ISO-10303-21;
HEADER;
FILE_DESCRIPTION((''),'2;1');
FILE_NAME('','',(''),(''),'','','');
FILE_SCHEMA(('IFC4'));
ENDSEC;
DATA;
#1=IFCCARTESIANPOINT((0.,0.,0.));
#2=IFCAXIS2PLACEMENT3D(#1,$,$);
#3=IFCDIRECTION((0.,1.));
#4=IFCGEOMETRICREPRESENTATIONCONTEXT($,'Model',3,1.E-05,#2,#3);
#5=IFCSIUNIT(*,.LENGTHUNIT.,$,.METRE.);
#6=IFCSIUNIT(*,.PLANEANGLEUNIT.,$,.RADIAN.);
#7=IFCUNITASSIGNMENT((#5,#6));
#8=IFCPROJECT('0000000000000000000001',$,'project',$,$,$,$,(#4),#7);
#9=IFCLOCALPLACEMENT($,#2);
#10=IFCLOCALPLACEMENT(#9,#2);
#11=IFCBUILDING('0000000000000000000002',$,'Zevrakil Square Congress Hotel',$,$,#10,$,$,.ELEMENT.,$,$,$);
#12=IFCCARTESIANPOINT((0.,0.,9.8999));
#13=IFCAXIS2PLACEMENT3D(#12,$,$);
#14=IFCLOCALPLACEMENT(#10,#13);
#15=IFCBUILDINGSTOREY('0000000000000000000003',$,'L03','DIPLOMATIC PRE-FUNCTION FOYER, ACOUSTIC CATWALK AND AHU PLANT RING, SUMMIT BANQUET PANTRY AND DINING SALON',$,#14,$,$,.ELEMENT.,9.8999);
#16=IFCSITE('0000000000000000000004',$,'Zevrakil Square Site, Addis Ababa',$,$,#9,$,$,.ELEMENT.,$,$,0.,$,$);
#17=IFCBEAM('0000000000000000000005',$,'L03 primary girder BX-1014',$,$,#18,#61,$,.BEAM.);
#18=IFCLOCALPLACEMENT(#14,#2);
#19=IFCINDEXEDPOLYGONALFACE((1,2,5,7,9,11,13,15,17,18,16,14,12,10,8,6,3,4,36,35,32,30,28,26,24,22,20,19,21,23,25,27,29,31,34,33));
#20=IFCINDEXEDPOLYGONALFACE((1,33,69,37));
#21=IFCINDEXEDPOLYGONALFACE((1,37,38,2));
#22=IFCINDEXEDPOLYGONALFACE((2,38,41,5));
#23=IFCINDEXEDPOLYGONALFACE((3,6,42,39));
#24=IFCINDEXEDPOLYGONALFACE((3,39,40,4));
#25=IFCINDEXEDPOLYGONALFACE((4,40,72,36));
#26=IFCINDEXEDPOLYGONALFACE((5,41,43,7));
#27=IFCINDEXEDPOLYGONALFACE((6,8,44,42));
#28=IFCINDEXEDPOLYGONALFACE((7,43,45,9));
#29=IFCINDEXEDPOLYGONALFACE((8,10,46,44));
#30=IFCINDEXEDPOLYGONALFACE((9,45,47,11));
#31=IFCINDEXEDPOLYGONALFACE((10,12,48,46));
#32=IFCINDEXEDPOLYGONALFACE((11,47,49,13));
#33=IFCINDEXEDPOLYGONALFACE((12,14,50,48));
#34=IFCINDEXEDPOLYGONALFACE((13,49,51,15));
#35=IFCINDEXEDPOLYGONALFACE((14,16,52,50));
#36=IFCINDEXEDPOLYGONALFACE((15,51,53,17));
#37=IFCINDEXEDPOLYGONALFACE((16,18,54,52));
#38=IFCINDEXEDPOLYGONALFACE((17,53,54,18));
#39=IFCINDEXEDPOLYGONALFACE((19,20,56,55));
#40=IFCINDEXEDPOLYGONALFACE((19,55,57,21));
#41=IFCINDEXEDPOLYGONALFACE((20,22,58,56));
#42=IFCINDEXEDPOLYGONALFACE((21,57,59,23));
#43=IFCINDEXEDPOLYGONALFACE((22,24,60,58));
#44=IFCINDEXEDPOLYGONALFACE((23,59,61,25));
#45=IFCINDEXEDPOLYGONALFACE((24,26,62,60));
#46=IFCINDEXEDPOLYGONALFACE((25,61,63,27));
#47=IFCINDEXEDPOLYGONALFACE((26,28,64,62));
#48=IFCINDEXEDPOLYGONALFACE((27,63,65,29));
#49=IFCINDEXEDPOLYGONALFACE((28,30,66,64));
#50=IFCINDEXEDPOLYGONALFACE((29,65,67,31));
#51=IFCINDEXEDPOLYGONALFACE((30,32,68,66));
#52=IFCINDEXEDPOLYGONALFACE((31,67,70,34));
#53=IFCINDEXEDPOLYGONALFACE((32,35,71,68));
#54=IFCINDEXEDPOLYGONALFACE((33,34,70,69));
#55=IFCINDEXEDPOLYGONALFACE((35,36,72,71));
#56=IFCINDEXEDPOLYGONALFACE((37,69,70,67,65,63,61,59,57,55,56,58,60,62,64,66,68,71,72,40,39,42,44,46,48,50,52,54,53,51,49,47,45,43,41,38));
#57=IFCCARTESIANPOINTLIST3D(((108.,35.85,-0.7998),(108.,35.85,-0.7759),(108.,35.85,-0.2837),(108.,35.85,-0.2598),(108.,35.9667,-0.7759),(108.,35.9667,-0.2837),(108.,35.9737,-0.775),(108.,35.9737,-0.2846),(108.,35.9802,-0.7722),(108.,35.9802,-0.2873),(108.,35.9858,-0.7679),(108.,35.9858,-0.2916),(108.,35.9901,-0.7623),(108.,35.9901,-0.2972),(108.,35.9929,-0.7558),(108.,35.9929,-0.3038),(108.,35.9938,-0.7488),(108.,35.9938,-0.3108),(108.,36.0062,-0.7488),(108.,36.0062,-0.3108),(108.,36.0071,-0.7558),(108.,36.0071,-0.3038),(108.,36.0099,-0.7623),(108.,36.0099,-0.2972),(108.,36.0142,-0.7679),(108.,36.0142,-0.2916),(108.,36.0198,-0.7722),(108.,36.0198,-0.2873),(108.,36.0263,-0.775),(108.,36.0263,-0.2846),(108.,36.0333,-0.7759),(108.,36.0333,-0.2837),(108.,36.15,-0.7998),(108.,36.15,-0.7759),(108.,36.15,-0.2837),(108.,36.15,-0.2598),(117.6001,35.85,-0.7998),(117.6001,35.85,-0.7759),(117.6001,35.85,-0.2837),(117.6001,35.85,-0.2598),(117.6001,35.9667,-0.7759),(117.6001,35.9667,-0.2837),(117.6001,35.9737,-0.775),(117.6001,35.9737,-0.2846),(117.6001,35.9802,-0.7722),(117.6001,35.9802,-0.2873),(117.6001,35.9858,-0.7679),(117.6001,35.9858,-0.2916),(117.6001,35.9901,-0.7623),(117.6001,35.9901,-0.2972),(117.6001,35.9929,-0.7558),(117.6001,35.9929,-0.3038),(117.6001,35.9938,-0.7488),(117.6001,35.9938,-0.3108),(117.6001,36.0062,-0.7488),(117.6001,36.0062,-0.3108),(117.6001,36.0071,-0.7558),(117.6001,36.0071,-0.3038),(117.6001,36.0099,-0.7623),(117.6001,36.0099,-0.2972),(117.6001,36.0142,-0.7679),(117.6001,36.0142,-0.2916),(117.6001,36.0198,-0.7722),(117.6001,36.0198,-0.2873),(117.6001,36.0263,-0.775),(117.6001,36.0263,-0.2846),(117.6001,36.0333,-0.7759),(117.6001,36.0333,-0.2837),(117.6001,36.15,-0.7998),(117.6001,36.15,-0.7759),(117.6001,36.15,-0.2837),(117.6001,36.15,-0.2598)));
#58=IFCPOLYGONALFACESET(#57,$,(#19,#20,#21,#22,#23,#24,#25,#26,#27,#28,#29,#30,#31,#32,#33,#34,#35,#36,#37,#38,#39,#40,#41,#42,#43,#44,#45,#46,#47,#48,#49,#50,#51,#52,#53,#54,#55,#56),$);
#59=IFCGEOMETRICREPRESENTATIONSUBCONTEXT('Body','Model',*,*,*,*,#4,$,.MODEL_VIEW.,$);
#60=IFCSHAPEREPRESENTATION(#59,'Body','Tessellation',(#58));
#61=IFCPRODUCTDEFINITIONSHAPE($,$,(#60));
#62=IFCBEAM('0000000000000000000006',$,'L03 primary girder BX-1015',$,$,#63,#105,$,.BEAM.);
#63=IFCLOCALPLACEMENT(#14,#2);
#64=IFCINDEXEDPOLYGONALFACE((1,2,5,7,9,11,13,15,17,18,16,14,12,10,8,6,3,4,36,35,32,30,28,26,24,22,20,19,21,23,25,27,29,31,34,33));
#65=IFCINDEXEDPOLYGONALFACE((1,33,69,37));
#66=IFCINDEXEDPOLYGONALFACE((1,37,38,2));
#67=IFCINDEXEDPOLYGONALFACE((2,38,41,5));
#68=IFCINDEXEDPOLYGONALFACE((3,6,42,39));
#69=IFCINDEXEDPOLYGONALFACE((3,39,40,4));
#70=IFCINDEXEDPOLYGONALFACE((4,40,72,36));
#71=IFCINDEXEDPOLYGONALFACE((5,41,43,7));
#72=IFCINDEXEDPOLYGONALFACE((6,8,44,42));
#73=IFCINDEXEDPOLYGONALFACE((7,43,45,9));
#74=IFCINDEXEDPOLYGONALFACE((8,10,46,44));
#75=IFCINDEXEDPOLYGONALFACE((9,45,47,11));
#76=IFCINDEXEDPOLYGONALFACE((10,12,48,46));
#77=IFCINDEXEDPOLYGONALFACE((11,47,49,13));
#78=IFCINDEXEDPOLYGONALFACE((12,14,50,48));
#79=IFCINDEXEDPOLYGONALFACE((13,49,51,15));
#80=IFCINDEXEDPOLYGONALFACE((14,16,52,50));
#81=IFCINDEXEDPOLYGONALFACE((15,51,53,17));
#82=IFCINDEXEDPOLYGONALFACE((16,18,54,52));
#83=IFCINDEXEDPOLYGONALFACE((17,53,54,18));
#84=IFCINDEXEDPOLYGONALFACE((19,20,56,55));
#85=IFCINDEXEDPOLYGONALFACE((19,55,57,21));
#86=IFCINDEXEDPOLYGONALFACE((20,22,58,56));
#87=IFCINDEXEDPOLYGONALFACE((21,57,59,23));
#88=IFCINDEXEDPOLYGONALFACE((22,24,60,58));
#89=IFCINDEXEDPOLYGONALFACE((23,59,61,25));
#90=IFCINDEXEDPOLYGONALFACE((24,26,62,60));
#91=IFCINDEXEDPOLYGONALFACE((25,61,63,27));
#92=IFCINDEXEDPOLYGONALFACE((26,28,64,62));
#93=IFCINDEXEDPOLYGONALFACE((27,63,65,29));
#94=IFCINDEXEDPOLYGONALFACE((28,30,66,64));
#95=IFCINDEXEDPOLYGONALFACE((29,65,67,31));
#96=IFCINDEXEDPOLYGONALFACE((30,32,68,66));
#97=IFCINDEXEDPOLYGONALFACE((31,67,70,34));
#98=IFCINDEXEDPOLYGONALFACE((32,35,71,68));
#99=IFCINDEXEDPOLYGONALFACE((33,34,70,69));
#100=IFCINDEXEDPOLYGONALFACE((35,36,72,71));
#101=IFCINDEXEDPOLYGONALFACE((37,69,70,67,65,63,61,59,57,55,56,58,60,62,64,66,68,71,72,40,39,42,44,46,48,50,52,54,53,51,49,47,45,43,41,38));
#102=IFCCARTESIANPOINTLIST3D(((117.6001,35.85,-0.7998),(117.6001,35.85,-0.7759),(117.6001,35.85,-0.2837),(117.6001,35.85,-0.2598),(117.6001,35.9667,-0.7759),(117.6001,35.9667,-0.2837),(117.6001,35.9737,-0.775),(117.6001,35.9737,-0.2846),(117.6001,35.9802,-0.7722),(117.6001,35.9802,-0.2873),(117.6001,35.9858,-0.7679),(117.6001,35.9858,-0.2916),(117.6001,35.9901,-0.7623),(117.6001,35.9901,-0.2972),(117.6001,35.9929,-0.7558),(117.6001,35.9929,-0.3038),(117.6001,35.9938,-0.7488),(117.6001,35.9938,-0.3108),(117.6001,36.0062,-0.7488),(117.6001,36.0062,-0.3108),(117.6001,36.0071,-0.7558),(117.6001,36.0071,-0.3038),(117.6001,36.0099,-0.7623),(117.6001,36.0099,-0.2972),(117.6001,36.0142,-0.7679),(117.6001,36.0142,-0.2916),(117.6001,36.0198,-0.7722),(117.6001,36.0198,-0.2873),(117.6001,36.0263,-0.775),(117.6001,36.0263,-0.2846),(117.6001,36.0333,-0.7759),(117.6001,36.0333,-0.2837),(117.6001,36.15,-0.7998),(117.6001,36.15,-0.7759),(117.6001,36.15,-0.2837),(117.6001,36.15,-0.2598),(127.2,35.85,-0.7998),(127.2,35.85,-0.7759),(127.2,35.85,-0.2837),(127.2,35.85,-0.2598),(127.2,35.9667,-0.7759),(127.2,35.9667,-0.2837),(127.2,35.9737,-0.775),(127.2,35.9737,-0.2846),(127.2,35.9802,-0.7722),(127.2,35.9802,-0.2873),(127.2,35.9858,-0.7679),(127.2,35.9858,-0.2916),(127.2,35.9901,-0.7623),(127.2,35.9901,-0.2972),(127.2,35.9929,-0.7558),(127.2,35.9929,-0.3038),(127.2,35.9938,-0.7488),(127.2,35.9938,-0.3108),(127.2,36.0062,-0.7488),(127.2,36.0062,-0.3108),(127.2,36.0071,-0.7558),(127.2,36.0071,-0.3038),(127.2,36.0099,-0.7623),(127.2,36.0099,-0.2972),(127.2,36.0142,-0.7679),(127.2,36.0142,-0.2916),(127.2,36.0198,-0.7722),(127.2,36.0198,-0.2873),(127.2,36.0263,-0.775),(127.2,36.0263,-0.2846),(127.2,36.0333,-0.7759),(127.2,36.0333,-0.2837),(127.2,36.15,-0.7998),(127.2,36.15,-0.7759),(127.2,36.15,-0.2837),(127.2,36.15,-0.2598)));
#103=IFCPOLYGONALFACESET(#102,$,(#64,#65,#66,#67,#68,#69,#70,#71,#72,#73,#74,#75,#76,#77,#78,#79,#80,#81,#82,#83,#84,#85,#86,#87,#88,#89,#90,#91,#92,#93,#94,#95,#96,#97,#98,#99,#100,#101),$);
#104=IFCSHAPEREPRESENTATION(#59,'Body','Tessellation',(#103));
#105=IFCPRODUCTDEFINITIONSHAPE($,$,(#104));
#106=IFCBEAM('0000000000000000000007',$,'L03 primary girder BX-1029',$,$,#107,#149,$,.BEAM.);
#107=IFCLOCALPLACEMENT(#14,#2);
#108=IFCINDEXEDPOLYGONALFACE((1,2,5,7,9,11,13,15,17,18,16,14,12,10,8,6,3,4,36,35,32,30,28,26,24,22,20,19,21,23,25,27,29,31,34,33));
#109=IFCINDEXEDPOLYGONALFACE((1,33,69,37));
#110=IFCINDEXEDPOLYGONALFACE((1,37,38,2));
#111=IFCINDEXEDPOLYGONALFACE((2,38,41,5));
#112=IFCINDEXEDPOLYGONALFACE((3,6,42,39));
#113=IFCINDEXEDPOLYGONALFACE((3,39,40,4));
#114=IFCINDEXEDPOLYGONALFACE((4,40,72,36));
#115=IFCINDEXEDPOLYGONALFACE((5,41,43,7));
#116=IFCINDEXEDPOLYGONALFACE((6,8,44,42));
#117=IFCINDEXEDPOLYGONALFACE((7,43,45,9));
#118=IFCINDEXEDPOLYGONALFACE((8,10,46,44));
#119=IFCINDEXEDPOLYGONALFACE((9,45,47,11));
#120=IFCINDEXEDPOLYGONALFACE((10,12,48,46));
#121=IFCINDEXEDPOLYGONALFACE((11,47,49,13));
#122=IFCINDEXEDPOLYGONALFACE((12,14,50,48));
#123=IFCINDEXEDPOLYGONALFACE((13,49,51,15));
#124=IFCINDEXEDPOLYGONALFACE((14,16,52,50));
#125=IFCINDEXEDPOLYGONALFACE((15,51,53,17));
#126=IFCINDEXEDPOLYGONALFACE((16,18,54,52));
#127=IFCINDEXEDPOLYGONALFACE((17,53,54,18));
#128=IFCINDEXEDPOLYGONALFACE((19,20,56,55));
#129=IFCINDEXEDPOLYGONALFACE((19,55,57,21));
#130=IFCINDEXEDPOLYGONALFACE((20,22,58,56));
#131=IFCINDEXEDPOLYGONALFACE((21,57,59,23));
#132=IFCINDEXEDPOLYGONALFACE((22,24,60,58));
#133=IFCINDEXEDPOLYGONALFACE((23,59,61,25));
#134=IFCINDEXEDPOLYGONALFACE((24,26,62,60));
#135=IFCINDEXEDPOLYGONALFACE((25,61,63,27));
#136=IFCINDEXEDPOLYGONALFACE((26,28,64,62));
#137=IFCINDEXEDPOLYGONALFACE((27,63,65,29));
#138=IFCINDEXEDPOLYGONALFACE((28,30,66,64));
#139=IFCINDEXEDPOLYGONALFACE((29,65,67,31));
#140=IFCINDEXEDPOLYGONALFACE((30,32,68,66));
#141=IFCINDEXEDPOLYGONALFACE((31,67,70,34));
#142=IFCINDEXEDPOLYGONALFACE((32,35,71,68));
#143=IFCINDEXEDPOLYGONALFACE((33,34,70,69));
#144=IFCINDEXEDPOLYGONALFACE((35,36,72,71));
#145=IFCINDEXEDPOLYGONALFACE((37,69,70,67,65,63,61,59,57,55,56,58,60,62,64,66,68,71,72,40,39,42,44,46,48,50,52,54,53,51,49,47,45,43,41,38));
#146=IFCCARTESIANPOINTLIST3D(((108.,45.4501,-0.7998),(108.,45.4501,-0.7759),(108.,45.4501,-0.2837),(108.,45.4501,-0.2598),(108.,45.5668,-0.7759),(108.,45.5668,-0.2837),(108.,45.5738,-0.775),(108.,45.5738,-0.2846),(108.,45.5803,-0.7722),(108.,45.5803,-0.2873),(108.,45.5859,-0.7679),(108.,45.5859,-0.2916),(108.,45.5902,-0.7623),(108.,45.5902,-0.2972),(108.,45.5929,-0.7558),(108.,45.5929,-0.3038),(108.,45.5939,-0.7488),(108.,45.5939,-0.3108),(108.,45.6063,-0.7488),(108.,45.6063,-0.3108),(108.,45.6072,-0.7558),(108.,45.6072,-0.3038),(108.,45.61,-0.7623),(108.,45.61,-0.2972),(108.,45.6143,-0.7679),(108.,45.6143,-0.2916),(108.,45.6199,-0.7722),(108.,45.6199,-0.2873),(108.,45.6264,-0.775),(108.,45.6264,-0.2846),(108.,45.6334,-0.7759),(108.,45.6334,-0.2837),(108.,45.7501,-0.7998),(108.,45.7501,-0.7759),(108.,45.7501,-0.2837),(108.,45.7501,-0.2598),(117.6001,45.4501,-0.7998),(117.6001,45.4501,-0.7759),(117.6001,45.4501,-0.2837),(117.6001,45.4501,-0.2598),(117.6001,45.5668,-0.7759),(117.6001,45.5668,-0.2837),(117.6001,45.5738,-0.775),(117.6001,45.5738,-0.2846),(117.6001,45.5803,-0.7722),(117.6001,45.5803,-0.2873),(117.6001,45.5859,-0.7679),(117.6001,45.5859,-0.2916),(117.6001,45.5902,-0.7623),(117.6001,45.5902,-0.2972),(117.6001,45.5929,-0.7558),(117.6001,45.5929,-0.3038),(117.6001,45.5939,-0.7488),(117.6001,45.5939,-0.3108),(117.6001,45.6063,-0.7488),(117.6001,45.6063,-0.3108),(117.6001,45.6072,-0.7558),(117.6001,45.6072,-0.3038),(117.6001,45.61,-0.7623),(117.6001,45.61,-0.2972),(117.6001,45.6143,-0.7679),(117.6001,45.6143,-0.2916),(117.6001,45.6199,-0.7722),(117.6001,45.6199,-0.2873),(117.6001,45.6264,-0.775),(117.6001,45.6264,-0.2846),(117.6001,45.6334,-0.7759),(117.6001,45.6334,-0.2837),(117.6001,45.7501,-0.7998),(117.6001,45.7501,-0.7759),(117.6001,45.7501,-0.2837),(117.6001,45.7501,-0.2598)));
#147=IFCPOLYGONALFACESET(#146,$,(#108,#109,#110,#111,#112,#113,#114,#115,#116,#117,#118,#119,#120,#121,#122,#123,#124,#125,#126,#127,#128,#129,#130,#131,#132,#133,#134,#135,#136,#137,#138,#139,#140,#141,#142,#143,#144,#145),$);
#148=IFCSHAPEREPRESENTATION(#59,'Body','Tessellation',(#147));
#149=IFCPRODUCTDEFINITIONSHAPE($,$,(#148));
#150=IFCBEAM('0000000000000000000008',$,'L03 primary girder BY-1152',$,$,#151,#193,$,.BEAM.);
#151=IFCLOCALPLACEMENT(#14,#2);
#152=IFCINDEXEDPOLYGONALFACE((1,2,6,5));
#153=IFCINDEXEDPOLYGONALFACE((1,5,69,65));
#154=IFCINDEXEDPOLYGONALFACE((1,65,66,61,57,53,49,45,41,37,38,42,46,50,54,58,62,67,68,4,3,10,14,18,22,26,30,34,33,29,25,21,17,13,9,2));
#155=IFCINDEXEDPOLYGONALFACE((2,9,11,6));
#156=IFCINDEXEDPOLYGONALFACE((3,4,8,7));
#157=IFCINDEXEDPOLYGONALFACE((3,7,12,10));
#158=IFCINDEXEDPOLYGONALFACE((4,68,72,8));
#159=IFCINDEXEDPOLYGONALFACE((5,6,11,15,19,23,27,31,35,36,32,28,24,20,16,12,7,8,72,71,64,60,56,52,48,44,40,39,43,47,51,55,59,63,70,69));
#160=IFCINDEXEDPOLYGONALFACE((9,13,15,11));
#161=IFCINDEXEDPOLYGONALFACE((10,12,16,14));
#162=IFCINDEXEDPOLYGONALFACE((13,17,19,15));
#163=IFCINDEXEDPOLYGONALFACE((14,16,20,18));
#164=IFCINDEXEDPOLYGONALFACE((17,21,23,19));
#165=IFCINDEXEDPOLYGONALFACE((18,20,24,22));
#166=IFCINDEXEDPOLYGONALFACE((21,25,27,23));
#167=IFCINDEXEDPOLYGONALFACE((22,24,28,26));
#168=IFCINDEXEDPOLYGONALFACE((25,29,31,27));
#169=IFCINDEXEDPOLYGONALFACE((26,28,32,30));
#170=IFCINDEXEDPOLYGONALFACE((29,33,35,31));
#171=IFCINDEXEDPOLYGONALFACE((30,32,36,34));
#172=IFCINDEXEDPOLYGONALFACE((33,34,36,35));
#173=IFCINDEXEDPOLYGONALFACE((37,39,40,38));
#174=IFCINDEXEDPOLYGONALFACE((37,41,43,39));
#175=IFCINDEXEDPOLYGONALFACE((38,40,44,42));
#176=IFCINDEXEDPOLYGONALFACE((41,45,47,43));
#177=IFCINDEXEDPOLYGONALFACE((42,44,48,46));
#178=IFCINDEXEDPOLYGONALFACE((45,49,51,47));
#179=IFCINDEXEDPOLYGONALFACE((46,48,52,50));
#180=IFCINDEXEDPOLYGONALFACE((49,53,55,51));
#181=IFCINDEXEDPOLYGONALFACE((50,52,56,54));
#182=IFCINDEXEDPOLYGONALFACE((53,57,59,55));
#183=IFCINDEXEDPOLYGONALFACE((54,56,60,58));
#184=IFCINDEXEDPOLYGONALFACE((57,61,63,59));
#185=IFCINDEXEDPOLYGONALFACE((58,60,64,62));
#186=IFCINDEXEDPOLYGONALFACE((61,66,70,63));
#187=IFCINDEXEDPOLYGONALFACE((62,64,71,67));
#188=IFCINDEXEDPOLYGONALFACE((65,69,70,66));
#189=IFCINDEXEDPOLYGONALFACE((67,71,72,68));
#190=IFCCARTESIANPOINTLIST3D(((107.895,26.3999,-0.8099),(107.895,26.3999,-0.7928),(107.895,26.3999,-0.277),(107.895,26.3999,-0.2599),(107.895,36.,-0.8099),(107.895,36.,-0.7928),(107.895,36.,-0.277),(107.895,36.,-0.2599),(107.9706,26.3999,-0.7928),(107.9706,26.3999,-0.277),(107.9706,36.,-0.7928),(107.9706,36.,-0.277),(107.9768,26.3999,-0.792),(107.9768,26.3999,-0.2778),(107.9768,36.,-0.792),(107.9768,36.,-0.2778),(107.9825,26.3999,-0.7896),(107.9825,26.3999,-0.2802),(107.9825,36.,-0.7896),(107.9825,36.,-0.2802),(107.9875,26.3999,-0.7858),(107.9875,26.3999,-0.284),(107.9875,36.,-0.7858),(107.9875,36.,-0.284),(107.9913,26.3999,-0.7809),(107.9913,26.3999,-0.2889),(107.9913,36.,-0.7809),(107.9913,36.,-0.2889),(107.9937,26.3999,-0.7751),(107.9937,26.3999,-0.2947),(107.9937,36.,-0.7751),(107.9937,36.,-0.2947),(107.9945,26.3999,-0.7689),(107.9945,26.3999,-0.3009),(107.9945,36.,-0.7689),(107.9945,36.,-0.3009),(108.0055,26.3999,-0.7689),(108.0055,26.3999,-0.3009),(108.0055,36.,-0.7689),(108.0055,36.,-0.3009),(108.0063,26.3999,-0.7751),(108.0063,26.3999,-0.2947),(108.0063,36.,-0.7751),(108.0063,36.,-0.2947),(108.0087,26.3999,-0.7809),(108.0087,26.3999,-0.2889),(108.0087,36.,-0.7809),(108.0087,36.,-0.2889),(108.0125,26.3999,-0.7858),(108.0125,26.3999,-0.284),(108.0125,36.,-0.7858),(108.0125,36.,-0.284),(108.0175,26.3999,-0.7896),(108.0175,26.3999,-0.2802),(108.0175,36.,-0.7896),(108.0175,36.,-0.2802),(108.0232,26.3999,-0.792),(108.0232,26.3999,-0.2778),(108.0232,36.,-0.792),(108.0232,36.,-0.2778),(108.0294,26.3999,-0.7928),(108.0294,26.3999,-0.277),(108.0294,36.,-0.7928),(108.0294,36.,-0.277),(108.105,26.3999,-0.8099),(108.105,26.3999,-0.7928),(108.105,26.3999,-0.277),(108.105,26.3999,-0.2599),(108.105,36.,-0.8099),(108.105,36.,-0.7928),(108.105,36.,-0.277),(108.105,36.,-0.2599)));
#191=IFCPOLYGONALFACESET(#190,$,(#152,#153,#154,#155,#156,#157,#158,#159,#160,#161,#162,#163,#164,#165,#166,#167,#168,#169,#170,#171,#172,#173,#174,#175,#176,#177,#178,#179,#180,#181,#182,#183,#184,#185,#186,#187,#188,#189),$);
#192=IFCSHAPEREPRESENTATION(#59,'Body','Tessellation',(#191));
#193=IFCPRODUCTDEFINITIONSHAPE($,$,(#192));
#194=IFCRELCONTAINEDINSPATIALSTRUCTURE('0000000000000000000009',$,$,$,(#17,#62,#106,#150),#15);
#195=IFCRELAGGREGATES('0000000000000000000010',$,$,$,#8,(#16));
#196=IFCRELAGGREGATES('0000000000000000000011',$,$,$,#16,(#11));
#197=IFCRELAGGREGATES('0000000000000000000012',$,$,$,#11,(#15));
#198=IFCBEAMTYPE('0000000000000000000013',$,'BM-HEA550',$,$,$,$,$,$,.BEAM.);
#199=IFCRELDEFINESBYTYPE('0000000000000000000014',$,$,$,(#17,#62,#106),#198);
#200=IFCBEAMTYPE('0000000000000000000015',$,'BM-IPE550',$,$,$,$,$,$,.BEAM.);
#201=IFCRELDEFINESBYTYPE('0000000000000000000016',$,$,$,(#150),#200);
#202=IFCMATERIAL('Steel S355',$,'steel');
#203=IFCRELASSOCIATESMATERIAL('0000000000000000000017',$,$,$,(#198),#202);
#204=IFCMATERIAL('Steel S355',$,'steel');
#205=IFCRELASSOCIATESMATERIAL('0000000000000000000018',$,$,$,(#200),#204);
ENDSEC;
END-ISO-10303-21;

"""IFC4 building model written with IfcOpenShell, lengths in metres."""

from ifc_helpers import new_model, si_unit, direction, frame, origin, origin_2d, place, context, subcontext, project, spatial, i_section, extrude, material, material_profile, profile_set, type_object, element, save


model = new_model("IFC4")

# Units and contexts
model_context = context("Model", 3, precision=1e-05, world=origin(), true_north=direction((0.0, 1.0)))
body_context = subcontext(model_context, "Body", "Model", "MODEL_VIEW")
ifc_project = project(units=[si_unit("LENGTHUNIT", "METRE"), si_unit("PLANEANGLEUNIT", "RADIAN")], contexts=[model_context])

# Site, building, storey
site_placement = place(None, origin())
site = spatial("IfcSite", under=ifc_project, at=site_placement, Name="Zevrakil Square Site, Addis Ababa", CompositionType="ELEMENT", RefElevation=0.0)
building_placement = place(site_placement, origin())
building = spatial("IfcBuilding", under=site, at=building_placement, Name="Zevrakil Square Congress Hotel", CompositionType="ELEMENT")
storey_placement = place(building_placement, frame((0.0, 0.0, 9.8999)))
storey = spatial("IfcBuildingStorey", under=building, at=storey_placement, Name="L03", Description="DIPLOMATIC PRE-FUNCTION FOYER, ACOUSTIC CATWALK AND AHU PLANT RING, SUMMIT BANQUET PANTRY AND DINING SALON", CompositionType="ELEMENT", Elevation=9.8999)

# Beams
ifc_material_1 = material(Name="Steel S355", Category="steel")
ifc_material_profile_1 = material_profile(ifc_material_1, i_section(OverallWidth=0.3, OverallDepth=0.54, WebThickness=0.0125, FlangeThickness=0.0239, FilletRadius=0.0271, at=origin_2d()), Name="HEA 550")
ifc_profile_set_1 = profile_set([ifc_material_profile_1], Name="Steel S355")
beam_type_1 = type_object("IfcBeamType", Name="BM-HEA550", PredefinedType="BEAM", material=ifc_profile_set_1)
beam_1_placement = place(storey_placement, frame((108.0, 36.0, -0.5298), z_axis=(1.0, 0.0, 0.0), x_axis=(0.0, 1.0, 0.0)))
element("IfcBeam", 1, at=beam_1_placement, inside=storey, type_object=beam_type_1, Name="L03 primary girder BX-1014", PredefinedType="BEAM", context=body_context, shape_type="SweptSolid", body=[
    extrude(i_section(OverallWidth=0.3, OverallDepth=0.54, WebThickness=0.0125, FlangeThickness=0.0239, FilletRadius=0.0271, at=origin_2d()), origin(), (0.0, 0.0, 1.0), 9.6001),
])
beam_2_placement = place(storey_placement, frame((117.6001, 36.0, -0.5298), z_axis=(1.0, 0.0, 0.0), x_axis=(0.0, 1.0, 0.0)))
element("IfcBeam", 2, at=beam_2_placement, inside=storey, type_object=beam_type_1, Name="L03 primary girder BX-1015", PredefinedType="BEAM", context=body_context, shape_type="SweptSolid", body=[
    extrude(i_section(OverallWidth=0.3, OverallDepth=0.54, WebThickness=0.0125, FlangeThickness=0.0239, FilletRadius=0.0271, at=origin_2d()), origin(), (0.0, 0.0, 1.0), 9.5999),
])
beam_3_placement = place(storey_placement, frame((108.0, 45.6001, -0.5298), z_axis=(1.0, 0.0, 0.0), x_axis=(0.0, 1.0, 0.0)))
element("IfcBeam", 3, at=beam_3_placement, inside=storey, type_object=beam_type_1, Name="L03 primary girder BX-1029", PredefinedType="BEAM", context=body_context, shape_type="SweptSolid", body=[
    extrude(i_section(OverallWidth=0.3, OverallDepth=0.54, WebThickness=0.0125, FlangeThickness=0.0239, FilletRadius=0.0271, at=origin_2d()), origin(), (0.0, 0.0, 1.0), 9.6001),
])
ifc_material_2 = material(Name="Steel S355", Category="steel")
ifc_material_profile_2 = material_profile(ifc_material_2, i_section(OverallWidth=0.21, OverallDepth=0.55, WebThickness=0.011, FlangeThickness=0.0171, FilletRadius=0.0239, at=origin_2d()), Name="IPE 550")
ifc_profile_set_2 = profile_set([ifc_material_profile_2], Name="Steel S355")
beam_type_2 = type_object("IfcBeamType", Name="BM-IPE550", PredefinedType="BEAM", material=ifc_profile_set_2)
for number, where, z_axis, x_axis, name in (
    (4, (108.0, 26.3999, -0.5349), (0.0, 1.0, 0.0), (-1.0, 0.0, 0.0), "L03 primary girder BY-1152"),
):
    element("IfcBeam", number, at=place(storey_placement, frame(where, z_axis=z_axis, x_axis=x_axis)), inside=storey, type_object=beam_type_2, Name=name, PredefinedType="BEAM", context=body_context, shape_type="SweptSolid", body=[
        extrude(i_section(OverallWidth=0.21, OverallDepth=0.55, WebThickness=0.011, FlangeThickness=0.0171, FilletRadius=0.0239, at=origin_2d()), origin(), (0.0, 0.0, 1.0), 9.6001),
    ])

save(model, "model.ifc")
